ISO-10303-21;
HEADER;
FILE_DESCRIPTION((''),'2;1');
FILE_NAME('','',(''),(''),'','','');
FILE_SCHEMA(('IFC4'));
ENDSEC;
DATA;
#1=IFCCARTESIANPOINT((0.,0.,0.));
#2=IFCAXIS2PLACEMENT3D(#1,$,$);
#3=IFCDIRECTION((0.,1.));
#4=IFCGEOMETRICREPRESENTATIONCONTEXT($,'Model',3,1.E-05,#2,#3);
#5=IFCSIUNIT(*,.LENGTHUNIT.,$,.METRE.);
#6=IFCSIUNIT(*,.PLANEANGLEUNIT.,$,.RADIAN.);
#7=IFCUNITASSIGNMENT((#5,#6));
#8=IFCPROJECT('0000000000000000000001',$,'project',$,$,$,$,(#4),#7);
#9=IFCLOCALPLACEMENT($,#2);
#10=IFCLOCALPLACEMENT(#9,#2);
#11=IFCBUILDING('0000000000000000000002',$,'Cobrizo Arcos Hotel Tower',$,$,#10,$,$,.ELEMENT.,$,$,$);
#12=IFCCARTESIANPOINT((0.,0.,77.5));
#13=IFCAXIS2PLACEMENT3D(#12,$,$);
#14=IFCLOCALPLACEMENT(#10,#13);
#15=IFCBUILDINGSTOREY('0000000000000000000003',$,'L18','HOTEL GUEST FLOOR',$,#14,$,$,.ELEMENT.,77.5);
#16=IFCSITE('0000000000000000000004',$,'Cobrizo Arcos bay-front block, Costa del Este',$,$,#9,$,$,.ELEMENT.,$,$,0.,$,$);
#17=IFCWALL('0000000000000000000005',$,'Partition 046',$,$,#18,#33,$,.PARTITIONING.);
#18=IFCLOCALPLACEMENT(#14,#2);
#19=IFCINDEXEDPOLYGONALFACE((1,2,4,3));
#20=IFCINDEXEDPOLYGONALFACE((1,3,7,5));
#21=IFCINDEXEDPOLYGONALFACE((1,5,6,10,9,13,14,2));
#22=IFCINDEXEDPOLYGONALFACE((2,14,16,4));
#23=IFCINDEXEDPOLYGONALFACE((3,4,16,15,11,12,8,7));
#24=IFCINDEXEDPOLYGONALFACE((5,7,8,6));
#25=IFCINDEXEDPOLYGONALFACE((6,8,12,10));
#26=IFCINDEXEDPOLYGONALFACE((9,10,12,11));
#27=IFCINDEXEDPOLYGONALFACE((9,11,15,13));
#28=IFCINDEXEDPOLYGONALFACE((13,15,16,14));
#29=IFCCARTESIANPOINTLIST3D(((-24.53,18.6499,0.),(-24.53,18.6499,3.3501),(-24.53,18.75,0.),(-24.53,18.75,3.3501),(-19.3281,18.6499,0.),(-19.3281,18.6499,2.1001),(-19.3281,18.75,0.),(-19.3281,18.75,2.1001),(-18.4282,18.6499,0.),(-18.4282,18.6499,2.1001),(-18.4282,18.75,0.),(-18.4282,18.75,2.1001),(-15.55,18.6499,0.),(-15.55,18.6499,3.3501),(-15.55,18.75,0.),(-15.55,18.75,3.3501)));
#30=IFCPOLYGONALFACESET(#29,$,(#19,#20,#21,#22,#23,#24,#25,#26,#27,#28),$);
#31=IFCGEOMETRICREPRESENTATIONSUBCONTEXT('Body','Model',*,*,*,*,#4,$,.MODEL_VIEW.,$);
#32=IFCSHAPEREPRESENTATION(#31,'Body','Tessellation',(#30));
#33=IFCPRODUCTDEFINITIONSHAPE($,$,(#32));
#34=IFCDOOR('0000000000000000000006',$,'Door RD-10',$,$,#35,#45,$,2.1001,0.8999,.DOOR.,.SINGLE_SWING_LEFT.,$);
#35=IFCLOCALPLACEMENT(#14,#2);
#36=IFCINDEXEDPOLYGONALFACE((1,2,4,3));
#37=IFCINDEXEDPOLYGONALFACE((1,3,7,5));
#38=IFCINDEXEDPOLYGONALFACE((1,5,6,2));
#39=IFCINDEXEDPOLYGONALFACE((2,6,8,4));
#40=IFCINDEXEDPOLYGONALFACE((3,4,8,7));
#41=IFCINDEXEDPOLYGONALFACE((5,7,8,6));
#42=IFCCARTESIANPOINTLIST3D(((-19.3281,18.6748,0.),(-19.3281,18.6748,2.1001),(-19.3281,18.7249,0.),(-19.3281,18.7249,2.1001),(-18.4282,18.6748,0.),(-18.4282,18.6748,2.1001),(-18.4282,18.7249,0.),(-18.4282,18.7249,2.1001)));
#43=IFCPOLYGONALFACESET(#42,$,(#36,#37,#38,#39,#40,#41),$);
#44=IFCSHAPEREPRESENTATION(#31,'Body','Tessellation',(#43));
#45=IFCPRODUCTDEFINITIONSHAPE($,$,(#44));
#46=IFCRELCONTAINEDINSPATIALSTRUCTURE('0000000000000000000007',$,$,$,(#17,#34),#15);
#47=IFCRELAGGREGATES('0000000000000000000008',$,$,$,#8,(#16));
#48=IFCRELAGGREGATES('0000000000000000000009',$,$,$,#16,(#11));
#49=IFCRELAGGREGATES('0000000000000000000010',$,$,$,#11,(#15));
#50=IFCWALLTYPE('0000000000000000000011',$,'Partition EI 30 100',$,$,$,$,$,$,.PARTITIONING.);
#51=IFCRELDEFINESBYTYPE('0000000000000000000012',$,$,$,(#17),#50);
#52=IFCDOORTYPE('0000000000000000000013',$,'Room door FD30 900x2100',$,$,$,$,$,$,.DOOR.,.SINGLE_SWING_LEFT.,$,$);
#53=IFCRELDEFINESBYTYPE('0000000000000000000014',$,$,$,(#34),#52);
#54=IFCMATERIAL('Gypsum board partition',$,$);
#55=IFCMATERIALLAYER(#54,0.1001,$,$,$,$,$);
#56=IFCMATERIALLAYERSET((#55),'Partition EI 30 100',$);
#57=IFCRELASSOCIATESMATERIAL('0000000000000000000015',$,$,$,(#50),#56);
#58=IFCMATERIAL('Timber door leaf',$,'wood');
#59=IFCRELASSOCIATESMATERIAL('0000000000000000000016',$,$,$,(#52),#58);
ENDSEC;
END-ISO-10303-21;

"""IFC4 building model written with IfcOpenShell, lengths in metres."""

from ifc_helpers import new_model, si_unit, direction, frame, frame_2d, origin, place, context, subcontext, project, spatial, rectangle, extrude, material, layer, layer_set, type_object, element, fill, save


model = new_model("IFC4")

# Units and contexts
model_context = context("Model", 3, precision=1e-05, world=origin(), true_north=direction((0.0, 1.0)))
body_context = subcontext(model_context, "Body", "Model", "MODEL_VIEW")
ifc_project = project(units=[si_unit("LENGTHUNIT", "METRE"), si_unit("PLANEANGLEUNIT", "RADIAN")], contexts=[model_context])

# Site, building, storey
site_placement = place(None, origin())
site = spatial("IfcSite", under=ifc_project, at=site_placement, Name="Cobrizo Arcos bay-front block, Costa del Este", CompositionType="ELEMENT", RefElevation=0.0)
building_placement = place(site_placement, origin())
building = spatial("IfcBuilding", under=site, at=building_placement, Name="Cobrizo Arcos Hotel Tower", CompositionType="ELEMENT")
storey_placement = place(building_placement, frame((0.0, 0.0, 77.5)))
storey = spatial("IfcBuildingStorey", under=building, at=storey_placement, Name="L18", Description="HOTEL GUEST FLOOR", CompositionType="ELEMENT", Elevation=77.5)

# Wall, opening, door
ifc_material_1 = material(Name="Gypsum board partition")
ifc_layer_1 = layer(ifc_material_1, 0.1001)
ifc_layer_set_1 = layer_set([ifc_layer_1], Name="Partition EI 30 100")
wall_type = type_object("IfcWallType", Name="Partition EI 30 100", PredefinedType="PARTITIONING", material=ifc_layer_set_1)
wall_placement = place(storey_placement, frame((-24.53, 18.7, 0.0), z_axis=(0.0, 0.0, 1.0), x_axis=(1.0, 0.0, 0.0)))
wall = element("IfcWall", 1, at=wall_placement, inside=storey, type_object=wall_type, Name="Partition 046", PredefinedType="PARTITIONING", context=body_context, shape_type="SweptSolid", body=[
    extrude(rectangle(XDim=8.98, YDim=0.1001, at=frame_2d((4.49, 0.0))), origin(), (0.0, 0.0, 1.0), 3.3501),
])
opening_placement = place(wall_placement, frame((5.2019, 0.0, 0.0)))
opening = element("IfcOpeningElement", 2, at=opening_placement, cuts=wall, PredefinedType="OPENING", context=body_context, shape_type="SweptSolid", body=[
    extrude(rectangle(XDim=0.8999, YDim=2.1001, at=frame_2d((0.45, 1.05))), frame((0.0, 0.062, 0.0), z_axis=(0.0, -1.0, 0.0), x_axis=(1.0, 0.0, 0.0)), (0.0, 0.0, 1.0), 0.124),
])
ifc_material_2 = material(Name="Timber door leaf", Category="wood")
door_type = type_object("IfcDoorType", Name="Room door FD30 900x2100", OperationType="SINGLE_SWING_LEFT", PredefinedType="DOOR", material=ifc_material_2)
door_placement = place(opening_placement, origin())
door = element("IfcDoor", 3, at=door_placement, inside=storey, type_object=door_type, Name="Door RD-10", OperationType="SINGLE_SWING_LEFT", OverallHeight=2.1001, OverallWidth=0.8999, PredefinedType="DOOR", context=body_context, shape_type="SweptSolid", body=[
    extrude(rectangle(XDim=0.8999, YDim=2.1001, at=frame_2d((0.45, 1.05))), frame((0.0, 0.0249, 0.0), z_axis=(0.0, -1.0, 0.0), x_axis=(1.0, 0.0, 0.0)), (0.0, 0.0, 1.0), 0.05),
])
fill(opening, door)

save(model, "model.ifc")
